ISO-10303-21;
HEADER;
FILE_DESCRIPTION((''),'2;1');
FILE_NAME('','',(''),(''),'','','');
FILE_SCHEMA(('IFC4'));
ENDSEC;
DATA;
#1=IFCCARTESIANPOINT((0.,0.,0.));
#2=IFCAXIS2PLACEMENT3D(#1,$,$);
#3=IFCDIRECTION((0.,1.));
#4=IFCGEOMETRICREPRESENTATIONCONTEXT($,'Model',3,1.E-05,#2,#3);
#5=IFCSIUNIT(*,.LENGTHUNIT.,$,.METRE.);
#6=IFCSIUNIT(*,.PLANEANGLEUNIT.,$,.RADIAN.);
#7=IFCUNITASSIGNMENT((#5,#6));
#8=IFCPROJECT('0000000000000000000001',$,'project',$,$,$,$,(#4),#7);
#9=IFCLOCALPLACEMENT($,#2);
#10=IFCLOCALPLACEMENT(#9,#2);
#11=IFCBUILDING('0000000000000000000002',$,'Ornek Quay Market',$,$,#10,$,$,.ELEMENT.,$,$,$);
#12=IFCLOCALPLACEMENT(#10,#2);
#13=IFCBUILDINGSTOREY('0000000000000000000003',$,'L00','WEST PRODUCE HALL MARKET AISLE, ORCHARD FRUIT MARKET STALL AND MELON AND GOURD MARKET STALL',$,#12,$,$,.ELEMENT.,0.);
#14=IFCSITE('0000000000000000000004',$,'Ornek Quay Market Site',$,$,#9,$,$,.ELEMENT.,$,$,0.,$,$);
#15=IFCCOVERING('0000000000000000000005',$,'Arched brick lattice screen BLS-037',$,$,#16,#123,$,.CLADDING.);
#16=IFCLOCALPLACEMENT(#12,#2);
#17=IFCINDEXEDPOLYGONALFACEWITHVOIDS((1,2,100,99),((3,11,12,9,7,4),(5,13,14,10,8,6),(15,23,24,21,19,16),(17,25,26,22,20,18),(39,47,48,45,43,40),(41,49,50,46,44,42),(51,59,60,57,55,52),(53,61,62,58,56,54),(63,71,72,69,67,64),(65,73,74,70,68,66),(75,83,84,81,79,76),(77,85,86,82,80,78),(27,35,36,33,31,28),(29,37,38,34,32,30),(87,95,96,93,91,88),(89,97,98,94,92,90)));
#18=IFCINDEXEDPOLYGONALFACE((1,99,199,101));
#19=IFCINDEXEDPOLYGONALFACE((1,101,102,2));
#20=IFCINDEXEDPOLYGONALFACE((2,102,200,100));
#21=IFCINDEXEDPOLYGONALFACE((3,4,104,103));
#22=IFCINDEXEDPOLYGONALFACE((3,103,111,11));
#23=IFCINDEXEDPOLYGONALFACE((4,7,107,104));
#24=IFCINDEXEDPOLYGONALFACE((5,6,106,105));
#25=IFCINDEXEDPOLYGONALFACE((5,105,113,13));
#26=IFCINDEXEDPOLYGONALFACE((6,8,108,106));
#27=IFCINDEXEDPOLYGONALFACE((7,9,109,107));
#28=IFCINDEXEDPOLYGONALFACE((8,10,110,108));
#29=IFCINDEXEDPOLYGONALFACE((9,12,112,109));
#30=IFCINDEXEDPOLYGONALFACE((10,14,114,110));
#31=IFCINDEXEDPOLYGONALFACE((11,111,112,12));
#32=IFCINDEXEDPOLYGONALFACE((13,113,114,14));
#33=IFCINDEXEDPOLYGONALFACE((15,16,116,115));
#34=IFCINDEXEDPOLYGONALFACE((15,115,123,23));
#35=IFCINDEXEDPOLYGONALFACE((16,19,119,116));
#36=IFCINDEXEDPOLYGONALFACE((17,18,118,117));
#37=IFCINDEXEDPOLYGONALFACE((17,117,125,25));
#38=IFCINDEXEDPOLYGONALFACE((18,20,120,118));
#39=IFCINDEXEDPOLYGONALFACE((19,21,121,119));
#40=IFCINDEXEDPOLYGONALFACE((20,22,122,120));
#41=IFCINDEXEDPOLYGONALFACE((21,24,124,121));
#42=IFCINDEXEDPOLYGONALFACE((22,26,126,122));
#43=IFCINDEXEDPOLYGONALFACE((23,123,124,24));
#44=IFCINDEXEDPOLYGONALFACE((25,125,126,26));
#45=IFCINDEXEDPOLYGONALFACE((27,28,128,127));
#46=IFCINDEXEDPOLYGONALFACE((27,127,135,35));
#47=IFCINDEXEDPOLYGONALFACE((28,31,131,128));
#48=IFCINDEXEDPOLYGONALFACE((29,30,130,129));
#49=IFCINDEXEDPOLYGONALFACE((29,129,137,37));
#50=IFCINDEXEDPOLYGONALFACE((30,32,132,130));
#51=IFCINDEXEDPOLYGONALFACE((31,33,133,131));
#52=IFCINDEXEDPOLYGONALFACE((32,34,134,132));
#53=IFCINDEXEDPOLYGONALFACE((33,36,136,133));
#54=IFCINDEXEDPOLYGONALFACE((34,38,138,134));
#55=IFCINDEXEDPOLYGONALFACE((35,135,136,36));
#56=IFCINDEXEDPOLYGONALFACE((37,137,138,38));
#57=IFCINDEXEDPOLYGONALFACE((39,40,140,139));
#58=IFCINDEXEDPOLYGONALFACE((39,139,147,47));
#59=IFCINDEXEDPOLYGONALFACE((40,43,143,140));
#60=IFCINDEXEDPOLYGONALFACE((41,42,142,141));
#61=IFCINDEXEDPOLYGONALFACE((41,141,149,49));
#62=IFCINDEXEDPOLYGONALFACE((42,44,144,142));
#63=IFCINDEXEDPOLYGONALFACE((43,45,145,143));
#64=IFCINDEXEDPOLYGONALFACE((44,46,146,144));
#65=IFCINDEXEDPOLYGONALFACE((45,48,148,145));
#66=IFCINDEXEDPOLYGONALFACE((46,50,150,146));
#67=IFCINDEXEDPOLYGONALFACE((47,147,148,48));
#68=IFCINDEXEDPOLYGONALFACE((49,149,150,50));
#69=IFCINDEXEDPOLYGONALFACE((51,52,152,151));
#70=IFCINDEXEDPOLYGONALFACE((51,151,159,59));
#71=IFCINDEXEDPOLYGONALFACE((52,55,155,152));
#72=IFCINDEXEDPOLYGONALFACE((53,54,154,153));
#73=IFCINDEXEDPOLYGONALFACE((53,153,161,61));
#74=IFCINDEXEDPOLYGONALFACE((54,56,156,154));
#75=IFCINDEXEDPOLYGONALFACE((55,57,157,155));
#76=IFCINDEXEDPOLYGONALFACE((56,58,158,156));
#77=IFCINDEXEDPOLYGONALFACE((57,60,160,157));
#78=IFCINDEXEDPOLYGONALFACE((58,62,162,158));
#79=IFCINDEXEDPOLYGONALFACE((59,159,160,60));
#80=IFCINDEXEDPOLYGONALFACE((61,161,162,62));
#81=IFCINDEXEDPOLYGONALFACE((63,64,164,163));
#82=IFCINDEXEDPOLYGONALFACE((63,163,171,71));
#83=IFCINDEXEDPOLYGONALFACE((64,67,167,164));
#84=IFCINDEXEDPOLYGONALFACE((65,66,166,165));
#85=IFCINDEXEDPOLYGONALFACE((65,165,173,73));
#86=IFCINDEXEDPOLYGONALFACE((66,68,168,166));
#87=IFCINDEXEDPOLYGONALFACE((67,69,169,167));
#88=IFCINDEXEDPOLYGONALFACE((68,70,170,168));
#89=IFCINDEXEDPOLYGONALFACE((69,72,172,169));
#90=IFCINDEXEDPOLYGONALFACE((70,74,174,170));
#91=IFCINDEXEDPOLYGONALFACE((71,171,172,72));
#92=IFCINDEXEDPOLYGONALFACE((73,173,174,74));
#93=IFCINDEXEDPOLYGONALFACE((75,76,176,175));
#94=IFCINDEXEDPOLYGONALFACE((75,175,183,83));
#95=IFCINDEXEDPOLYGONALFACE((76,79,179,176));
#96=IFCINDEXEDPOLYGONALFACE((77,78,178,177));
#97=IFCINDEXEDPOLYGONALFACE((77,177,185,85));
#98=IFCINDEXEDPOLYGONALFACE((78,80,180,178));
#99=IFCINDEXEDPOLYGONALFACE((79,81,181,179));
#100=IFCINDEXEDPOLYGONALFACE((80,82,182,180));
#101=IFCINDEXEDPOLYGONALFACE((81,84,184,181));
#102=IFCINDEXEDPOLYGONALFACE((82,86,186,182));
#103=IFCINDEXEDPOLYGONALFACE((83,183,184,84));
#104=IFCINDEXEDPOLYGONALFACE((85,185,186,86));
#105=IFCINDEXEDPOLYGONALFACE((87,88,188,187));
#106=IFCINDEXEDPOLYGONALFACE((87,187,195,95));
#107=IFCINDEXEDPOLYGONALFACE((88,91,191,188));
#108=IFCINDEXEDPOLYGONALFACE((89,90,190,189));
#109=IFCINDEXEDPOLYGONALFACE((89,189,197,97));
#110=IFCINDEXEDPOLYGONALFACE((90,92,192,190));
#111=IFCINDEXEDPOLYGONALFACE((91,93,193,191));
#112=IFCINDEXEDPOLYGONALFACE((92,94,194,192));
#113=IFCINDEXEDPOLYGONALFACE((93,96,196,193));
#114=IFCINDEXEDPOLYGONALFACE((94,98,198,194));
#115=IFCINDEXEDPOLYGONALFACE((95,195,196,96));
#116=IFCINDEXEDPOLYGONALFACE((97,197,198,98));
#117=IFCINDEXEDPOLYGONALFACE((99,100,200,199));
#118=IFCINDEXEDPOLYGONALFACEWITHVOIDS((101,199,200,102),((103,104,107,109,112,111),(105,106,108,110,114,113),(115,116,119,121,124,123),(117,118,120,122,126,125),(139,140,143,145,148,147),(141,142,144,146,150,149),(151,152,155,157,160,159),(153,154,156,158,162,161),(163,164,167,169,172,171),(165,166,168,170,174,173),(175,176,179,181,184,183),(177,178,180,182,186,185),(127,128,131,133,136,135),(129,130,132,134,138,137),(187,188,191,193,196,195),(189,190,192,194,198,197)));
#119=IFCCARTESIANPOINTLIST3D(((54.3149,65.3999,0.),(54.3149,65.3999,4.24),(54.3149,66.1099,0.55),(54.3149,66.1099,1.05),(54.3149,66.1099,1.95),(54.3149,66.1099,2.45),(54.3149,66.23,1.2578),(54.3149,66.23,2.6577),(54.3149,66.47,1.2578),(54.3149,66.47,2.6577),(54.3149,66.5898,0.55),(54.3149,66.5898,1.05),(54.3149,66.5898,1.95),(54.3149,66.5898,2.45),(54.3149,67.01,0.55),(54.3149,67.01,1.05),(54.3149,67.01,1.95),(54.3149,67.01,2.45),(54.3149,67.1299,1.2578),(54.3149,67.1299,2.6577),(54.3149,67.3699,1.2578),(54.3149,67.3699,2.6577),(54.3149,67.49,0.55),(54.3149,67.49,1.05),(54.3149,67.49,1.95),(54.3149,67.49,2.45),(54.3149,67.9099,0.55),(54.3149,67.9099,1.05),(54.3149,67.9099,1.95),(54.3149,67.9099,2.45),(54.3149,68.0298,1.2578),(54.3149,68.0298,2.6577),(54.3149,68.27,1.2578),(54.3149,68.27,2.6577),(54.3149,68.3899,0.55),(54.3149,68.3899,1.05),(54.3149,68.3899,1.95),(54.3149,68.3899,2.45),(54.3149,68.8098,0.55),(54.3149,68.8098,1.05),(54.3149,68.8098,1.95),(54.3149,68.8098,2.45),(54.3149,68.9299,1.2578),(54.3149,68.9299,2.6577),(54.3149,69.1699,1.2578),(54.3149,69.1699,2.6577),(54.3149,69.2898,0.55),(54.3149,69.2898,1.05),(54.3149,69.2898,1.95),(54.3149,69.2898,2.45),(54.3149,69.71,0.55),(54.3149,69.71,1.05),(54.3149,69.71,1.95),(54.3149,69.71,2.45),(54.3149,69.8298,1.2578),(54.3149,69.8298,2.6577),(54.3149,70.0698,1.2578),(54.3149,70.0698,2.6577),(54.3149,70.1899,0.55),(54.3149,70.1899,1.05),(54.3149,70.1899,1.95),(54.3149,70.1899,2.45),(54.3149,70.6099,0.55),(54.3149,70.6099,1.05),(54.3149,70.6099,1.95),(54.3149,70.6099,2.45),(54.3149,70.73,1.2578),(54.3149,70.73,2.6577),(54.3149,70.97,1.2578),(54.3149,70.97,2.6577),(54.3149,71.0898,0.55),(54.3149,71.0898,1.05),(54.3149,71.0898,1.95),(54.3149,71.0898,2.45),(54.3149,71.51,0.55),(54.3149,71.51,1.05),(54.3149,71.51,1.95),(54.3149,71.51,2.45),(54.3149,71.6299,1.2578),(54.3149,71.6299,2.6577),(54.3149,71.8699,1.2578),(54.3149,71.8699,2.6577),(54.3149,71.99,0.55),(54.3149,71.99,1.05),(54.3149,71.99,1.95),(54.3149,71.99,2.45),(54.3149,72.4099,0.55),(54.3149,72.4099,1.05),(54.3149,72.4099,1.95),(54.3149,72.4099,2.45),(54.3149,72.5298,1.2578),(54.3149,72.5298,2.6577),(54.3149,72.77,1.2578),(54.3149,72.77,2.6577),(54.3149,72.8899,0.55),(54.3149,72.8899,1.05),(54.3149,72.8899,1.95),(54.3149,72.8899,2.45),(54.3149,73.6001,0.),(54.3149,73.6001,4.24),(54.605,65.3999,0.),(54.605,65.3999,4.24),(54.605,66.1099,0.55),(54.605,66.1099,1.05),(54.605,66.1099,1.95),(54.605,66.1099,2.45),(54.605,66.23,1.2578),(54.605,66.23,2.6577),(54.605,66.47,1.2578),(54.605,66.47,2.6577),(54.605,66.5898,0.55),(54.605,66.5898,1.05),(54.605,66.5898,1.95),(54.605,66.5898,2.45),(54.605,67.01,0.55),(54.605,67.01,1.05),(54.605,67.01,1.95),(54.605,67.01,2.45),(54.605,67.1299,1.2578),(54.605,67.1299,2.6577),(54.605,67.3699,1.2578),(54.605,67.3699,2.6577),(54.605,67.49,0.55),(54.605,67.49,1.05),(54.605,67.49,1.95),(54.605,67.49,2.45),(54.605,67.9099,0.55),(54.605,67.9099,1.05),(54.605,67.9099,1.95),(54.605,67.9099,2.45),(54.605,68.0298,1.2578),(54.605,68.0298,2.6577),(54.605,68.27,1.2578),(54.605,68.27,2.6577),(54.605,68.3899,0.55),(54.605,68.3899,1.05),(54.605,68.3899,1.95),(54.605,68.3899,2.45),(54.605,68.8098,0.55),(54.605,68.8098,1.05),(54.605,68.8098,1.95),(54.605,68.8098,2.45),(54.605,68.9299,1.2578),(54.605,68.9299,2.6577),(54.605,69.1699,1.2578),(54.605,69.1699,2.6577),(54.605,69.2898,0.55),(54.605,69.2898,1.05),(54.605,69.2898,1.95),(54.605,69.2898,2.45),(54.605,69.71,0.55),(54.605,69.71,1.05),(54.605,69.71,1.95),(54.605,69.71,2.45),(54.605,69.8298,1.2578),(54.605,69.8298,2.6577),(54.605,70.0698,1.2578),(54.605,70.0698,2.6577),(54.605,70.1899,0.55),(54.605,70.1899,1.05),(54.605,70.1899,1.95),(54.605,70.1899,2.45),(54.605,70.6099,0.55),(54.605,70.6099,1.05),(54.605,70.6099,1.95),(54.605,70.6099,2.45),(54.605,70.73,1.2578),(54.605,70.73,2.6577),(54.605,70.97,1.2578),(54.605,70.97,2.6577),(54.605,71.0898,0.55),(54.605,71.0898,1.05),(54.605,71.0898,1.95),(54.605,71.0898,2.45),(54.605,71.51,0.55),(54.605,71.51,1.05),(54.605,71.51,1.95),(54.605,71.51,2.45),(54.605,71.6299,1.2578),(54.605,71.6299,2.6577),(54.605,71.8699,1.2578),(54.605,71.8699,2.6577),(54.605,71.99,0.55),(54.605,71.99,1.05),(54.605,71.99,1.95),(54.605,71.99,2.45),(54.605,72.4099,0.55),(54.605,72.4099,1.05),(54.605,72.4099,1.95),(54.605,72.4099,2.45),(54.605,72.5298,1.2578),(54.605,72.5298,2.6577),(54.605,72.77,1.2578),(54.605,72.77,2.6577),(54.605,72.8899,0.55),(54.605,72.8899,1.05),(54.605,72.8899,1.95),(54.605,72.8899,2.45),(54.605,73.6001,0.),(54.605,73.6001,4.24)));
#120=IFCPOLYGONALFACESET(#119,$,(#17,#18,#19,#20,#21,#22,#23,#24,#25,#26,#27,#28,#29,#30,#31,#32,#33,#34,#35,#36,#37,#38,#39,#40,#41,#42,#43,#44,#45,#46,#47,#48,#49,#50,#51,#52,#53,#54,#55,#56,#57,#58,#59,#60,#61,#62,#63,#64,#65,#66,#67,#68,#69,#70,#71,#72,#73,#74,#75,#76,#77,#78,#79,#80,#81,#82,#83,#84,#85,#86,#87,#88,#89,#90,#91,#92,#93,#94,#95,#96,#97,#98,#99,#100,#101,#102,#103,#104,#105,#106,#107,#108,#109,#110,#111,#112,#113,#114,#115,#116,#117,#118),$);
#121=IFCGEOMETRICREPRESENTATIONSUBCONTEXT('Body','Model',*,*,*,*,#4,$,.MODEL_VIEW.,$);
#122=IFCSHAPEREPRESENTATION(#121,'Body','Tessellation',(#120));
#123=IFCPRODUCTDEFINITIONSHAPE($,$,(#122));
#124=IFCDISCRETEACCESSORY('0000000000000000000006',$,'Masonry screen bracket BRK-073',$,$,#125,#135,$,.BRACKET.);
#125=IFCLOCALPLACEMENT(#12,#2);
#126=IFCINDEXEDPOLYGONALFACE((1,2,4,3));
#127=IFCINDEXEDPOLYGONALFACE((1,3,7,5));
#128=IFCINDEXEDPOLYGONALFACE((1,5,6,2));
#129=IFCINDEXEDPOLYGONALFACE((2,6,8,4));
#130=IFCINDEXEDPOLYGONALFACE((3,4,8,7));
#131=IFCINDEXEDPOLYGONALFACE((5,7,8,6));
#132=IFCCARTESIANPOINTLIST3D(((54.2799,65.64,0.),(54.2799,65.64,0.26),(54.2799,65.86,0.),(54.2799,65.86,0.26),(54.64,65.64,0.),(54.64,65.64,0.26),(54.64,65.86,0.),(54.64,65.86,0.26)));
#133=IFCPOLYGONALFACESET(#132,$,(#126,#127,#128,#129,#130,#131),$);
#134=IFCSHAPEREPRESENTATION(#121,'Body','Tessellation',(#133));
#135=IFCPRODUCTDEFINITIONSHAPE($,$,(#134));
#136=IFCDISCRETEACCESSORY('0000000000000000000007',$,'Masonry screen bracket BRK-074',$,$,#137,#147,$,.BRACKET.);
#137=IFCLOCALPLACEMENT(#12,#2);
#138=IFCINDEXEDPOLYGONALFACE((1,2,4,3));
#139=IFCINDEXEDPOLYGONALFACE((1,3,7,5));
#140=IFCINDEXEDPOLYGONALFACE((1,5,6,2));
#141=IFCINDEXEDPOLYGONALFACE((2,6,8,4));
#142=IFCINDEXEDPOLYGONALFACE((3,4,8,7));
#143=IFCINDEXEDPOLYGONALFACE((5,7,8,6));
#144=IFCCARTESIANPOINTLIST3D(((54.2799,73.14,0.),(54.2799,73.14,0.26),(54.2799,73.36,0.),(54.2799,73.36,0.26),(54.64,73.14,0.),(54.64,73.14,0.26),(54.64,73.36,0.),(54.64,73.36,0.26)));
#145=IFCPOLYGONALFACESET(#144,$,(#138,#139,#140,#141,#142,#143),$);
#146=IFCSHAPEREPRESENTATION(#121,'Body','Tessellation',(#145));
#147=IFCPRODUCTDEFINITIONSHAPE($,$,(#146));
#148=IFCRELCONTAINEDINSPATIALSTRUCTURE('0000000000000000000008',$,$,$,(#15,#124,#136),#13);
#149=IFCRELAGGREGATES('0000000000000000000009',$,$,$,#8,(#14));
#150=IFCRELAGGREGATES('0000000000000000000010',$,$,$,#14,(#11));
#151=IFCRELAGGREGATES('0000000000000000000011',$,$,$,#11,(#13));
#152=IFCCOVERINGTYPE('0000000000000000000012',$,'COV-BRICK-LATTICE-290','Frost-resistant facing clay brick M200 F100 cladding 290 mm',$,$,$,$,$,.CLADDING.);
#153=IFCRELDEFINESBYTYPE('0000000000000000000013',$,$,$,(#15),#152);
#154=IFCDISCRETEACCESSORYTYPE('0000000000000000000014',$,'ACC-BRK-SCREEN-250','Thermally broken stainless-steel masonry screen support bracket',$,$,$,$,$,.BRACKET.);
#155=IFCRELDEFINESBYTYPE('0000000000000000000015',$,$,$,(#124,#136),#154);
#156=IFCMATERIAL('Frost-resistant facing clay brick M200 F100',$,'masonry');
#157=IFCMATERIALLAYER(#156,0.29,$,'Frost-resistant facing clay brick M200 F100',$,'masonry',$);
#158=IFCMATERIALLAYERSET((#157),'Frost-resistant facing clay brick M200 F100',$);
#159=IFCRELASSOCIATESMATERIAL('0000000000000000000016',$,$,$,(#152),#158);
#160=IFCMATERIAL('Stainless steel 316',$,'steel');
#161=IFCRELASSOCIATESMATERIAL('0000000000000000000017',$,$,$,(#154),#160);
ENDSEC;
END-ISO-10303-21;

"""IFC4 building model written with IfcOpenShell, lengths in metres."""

from ifc_helpers import new_model, si_unit, direction, frame, origin, origin_2d, place, context, subcontext, project, spatial, polyline, rectangle, outline, extrude, material, layer, layer_set, type_object, element, save


model = new_model("IFC4")

# Units and contexts
model_context = context("Model", 3, precision=1e-05, world=origin(), true_north=direction((0.0, 1.0)))
body_context = subcontext(model_context, "Body", "Model", "MODEL_VIEW")
ifc_project = project(units=[si_unit("LENGTHUNIT", "METRE"), si_unit("PLANEANGLEUNIT", "RADIAN")], contexts=[model_context])

# Site, building, storey
site_placement = place(None, origin())
site = spatial("IfcSite", under=ifc_project, at=site_placement, Name="Ornek Quay Market Site", CompositionType="ELEMENT", RefElevation=0.0)
building_placement = place(site_placement, origin())
building = spatial("IfcBuilding", under=site, at=building_placement, Name="Ornek Quay Market", CompositionType="ELEMENT")
storey_placement = place(building_placement, origin())
storey = spatial("IfcBuildingStorey", under=building, at=storey_placement, Name="L00", Description="WEST PRODUCE HALL MARKET AISLE, ORCHARD FRUIT MARKET STALL AND MELON AND GOURD MARKET STALL", CompositionType="ELEMENT", Elevation=0.0)

# Covering
ifc_material_1 = material(Name="Frost-resistant facing clay brick M200 F100", Category="masonry")
ifc_layer = layer(ifc_material_1, 0.29, Name="Frost-resistant facing clay brick M200 F100", Category="masonry")
ifc_layer_set = layer_set([ifc_layer], Name="Frost-resistant facing clay brick M200 F100")
covering_type = type_object("IfcCoveringType", Name="COV-BRICK-LATTICE-290", Description="Frost-resistant facing clay brick M200 F100 cladding 290 mm", PredefinedType="CLADDING", material=ifc_layer_set)
covering_placement = place(storey_placement, frame((54.46, 65.3999, 0.0), z_axis=(0.0, 0.0, 1.0), x_axis=(0.0, 1.0, 0.0)))
element("IfcCovering", 1, at=covering_placement, inside=storey, type_object=covering_type, Name="Arched brick lattice screen BLS-037", PredefinedType="CLADDING", context=body_context, shape_type="SweptSolid", body=[
    extrude(outline(polyline([(0.0, 0.0), (8.2002, 0.0), (8.2002, 4.24), (0.0, 4.24), (0.0, 0.0)]), holes=[polyline([(0.71, 0.55), (1.1899, 0.55), (1.1899, 1.05), (1.0701, 1.2578), (0.8301, 1.2578), (0.71, 1.05), (0.71, 0.55)]), polyline([(0.71, 1.95), (1.1899, 1.95), (1.1899, 2.45), (1.0701, 2.6577), (0.8301, 2.6577), (0.71, 2.45), (0.71, 1.95)]), polyline([(1.6101, 0.55), (2.0901, 0.55), (2.0901, 1.05), (1.97, 1.2578), (1.73, 1.2578), (1.6101, 1.05), (1.6101, 0.55)]), polyline([(1.6101, 1.95), (2.0901, 1.95), (2.0901, 2.45), (1.97, 2.6577), (1.73, 2.6577), (1.6101, 2.45), (1.6101, 1.95)]), polyline([(2.51, 0.55), (2.99, 0.55), (2.99, 1.05), (2.8701, 1.2578), (2.6299, 1.2578), (2.51, 1.05), (2.51, 0.55)]), polyline([(2.51, 1.95), (2.99, 1.95), (2.99, 2.45), (2.8701, 2.6577), (2.6299, 2.6577), (2.51, 2.45), (2.51, 1.95)]), polyline([(3.4099, 0.55), (3.8899, 0.55), (3.8899, 1.05), (3.77, 1.2578), (3.53, 1.2578), (3.4099, 1.05), (3.4099, 0.55)]), polyline([(3.4099, 1.95), (3.8899, 1.95), (3.8899, 2.45), (3.77, 2.6577), (3.53, 2.6577), (3.4099, 2.45), (3.4099, 1.95)]), polyline([(4.3101, 0.55), (4.79, 0.55), (4.79, 1.05), (4.6699, 1.2578), (4.4299, 1.2578), (4.3101, 1.05), (4.3101, 0.55)]), polyline([(4.3101, 1.95), (4.79, 1.95), (4.79, 2.45), (4.6699, 2.6577), (4.4299, 2.6577), (4.3101, 2.45), (4.3101, 1.95)]), polyline([(5.21, 0.55), (5.6899, 0.55), (5.6899, 1.05), (5.5701, 1.2578), (5.3301, 1.2578), (5.21, 1.05), (5.21, 0.55)]), polyline([(5.21, 1.95), (5.6899, 1.95), (5.6899, 2.45), (5.5701, 2.6577), (5.3301, 2.6577), (5.21, 2.45), (5.21, 1.95)]), polyline([(6.1101, 0.55), (6.5901, 0.55), (6.5901, 1.05), (6.47, 1.2578), (6.23, 1.2578), (6.1101, 1.05), (6.1101, 0.55)]), polyline([(6.1101, 1.95), (6.5901, 1.95), (6.5901, 2.45), (6.47, 2.6577), (6.23, 2.6577), (6.1101, 2.45), (6.1101, 1.95)]), polyline([(7.01, 0.55), (7.49, 0.55), (7.49, 1.05), (7.3701, 1.2578), (7.1299, 1.2578), (7.01, 1.05), (7.01, 0.55)]), polyline([(7.01, 1.95), (7.49, 1.95), (7.49, 2.45), (7.3701, 2.6577), (7.1299, 2.6577), (7.01, 2.45), (7.01, 1.95)])]), frame((0.0, 0.145, 0.0), z_axis=(0.0, -1.0, 0.0), x_axis=(1.0, 0.0, 0.0)), (0.0, 0.0, 1.0), 0.29),
])

# Discrete accessories
ifc_material_2 = material(Name="Stainless steel 316", Category="steel")
discrete_accessory_type = type_object("IfcDiscreteAccessoryType", Name="ACC-BRK-SCREEN-250", Description="Thermally broken stainless-steel masonry screen support bracket", PredefinedType="BRACKET", material=ifc_material_2)
for number, where, z_axis, x_axis, name in (
    (2, (54.46, 65.75, 0.0), (0.0, 0.0, 1.0), (0.0, 1.0, 0.0), "Masonry screen bracket BRK-073"),
    (3, (54.46, 73.25, 0.0), (0.0, 0.0, 1.0), (0.0, 1.0, 0.0), "Masonry screen bracket BRK-074"),
):
    element("IfcDiscreteAccessory", number, at=place(storey_placement, frame(where, z_axis=z_axis, x_axis=x_axis)), inside=storey, type_object=discrete_accessory_type, Name=name, PredefinedType="BRACKET", context=body_context, shape_type="SweptSolid", body=[
        extrude(rectangle(XDim=0.22, YDim=0.3601, at=origin_2d()), origin(), (0.0, 0.0, 1.0), 0.26),
    ])

save(model, "model.ifc")
